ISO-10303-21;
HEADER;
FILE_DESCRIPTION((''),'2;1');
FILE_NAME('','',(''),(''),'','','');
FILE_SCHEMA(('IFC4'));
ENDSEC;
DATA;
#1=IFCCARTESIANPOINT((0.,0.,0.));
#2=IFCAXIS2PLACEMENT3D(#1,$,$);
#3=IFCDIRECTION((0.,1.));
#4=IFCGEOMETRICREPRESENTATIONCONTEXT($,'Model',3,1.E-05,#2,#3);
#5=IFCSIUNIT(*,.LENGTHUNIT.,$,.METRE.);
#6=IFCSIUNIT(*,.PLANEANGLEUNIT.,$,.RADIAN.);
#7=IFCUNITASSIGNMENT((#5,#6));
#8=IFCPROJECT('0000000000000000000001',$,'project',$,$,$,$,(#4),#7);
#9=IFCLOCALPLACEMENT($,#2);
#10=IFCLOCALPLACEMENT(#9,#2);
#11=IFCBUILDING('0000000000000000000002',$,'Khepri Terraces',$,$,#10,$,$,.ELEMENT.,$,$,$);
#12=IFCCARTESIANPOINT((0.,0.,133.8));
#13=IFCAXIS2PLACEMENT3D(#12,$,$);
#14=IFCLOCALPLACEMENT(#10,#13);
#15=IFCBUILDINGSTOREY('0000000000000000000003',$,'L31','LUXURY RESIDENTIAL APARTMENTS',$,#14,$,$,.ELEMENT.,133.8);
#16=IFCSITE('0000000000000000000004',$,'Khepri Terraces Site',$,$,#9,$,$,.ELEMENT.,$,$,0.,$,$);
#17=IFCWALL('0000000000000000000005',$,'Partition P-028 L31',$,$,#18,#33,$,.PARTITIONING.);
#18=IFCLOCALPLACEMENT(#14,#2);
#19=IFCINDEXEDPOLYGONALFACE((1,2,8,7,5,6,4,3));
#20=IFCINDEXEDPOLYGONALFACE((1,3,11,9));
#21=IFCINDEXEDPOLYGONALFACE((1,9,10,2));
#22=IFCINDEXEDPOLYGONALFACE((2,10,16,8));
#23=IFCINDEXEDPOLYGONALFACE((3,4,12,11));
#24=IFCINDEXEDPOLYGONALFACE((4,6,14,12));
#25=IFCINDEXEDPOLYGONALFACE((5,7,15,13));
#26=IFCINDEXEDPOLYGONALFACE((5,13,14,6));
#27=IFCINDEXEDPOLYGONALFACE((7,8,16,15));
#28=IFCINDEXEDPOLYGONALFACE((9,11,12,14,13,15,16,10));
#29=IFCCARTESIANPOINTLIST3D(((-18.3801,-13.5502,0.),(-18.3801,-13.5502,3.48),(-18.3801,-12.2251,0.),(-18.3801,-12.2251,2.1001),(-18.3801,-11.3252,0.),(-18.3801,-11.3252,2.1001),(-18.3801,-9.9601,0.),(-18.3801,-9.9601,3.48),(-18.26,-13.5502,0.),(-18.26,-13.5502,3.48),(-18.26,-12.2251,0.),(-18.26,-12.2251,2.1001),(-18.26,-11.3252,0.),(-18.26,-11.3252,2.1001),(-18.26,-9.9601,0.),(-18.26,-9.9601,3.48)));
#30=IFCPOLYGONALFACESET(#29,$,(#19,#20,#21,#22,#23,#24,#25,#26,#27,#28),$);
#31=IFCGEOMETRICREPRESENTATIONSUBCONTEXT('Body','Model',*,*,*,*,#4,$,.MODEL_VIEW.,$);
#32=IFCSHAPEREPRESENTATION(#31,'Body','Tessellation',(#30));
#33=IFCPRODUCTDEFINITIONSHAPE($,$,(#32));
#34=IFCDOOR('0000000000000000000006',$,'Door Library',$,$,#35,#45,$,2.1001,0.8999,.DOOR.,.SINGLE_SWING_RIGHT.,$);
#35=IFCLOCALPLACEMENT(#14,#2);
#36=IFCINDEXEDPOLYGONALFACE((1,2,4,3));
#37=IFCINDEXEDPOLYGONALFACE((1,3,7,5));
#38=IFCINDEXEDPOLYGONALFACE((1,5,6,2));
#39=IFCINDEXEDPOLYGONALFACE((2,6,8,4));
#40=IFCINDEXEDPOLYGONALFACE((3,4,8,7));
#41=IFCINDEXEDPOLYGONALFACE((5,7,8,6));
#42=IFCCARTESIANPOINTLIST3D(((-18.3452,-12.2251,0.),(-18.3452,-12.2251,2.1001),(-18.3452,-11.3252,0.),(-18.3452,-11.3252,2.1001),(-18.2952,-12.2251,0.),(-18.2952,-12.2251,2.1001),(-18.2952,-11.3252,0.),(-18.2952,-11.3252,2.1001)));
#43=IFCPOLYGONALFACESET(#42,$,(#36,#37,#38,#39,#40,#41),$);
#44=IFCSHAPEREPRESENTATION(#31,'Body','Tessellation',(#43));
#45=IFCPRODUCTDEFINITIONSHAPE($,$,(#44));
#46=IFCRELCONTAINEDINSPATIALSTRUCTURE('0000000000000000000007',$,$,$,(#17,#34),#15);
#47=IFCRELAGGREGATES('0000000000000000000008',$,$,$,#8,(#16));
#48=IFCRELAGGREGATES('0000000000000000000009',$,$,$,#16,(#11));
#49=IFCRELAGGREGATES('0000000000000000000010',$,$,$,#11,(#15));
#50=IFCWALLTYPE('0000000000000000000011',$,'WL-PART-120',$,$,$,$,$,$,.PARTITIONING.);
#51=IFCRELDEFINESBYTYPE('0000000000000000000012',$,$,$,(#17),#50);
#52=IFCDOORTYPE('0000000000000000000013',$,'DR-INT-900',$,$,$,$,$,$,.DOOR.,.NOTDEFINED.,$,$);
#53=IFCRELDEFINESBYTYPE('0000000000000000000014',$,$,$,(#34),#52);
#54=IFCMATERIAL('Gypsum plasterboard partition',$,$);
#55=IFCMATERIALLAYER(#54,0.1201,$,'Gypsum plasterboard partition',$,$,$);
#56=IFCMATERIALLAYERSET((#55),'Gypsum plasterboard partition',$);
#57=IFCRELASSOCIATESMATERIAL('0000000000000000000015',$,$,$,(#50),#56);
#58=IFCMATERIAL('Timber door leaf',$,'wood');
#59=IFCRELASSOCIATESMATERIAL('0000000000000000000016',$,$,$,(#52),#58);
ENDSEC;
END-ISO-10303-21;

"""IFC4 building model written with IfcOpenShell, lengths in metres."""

from ifc_helpers import new_model, si_unit, direction, frame, frame_2d, origin, place, context, subcontext, project, spatial, rectangle, extrude, material, layer, layer_set, type_object, element, fill, save


model = new_model("IFC4")

# Units and contexts
model_context = context("Model", 3, precision=1e-05, world=origin(), true_north=direction((0.0, 1.0)))
body_context = subcontext(model_context, "Body", "Model", "MODEL_VIEW")
ifc_project = project(units=[si_unit("LENGTHUNIT", "METRE"), si_unit("PLANEANGLEUNIT", "RADIAN")], contexts=[model_context])

# Site, building, storey
site_placement = place(None, origin())
site = spatial("IfcSite", under=ifc_project, at=site_placement, Name="Khepri Terraces Site", CompositionType="ELEMENT", RefElevation=0.0)
building_placement = place(site_placement, origin())
building = spatial("IfcBuilding", under=site, at=building_placement, Name="Khepri Terraces", CompositionType="ELEMENT")
storey_placement = place(building_placement, frame((0.0, 0.0, 133.8)))
storey = spatial("IfcBuildingStorey", under=building, at=storey_placement, Name="L31", Description="LUXURY RESIDENTIAL APARTMENTS", CompositionType="ELEMENT", Elevation=133.8)

# Shared definitions
ifc_material_1 = material(Name="Gypsum plasterboard partition")
ifc_layer_1 = layer(ifc_material_1, 0.1201, Name="Gypsum plasterboard partition")
ifc_layer_set_1 = layer_set([ifc_layer_1], Name="Gypsum plasterboard partition")
wall_type_1 = type_object("IfcWallType", Name="WL-PART-120", PredefinedType="PARTITIONING", material=ifc_layer_set_1)

# Wall, opening, door
ifc_material_2 = material(Name="Timber door leaf", Category="wood")
door_type_1 = type_object("IfcDoorType", Name="DR-INT-900", OperationType="NOTDEFINED", PredefinedType="DOOR", material=ifc_material_2)
wall_1_placement = place(storey_placement, frame((-18.3201, -13.55, 0.0), z_axis=(0.0, 0.0, 1.0), x_axis=(0.0, 1.0, 0.0)))
wall_1 = element("IfcWall", 1, at=wall_1_placement, inside=storey, type_object=wall_type_1, Name="Partition P-028 L31", PredefinedType="PARTITIONING", context=body_context, shape_type="SweptSolid", body=[
    extrude(rectangle(XDim=3.5901, YDim=0.1201, at=frame_2d((1.7949, 0.0))), origin(), (0.0, 0.0, 1.0), 3.48),
])
opening_1_placement = place(wall_1_placement, frame((1.325, 0.0, 0.0)))
opening_1 = element("IfcOpeningElement", 2, at=opening_1_placement, cuts=wall_1, PredefinedType="OPENING", context=body_context, shape_type="SweptSolid", body=[
    extrude(rectangle(XDim=0.8999, YDim=2.1001, at=frame_2d((0.45, 1.05))), frame((0.0, 0.0701, 0.0), z_axis=(0.0, -1.0, 0.0), x_axis=(1.0, 0.0, 0.0)), (0.0, 0.0, 1.0), 0.1401),
])
door_1_placement = place(opening_1_placement, frame((0.8999, 0.0, 0.0), z_axis=(0.0, 0.0, 1.0), x_axis=(-1.0, 0.0, 0.0)))
door_1 = element("IfcDoor", 3, at=door_1_placement, inside=storey, type_object=door_type_1, Name="Door Library", OperationType="SINGLE_SWING_RIGHT", OverallHeight=2.1001, OverallWidth=0.8999, PredefinedType="DOOR", context=body_context, shape_type="SweptSolid", body=[
    extrude(rectangle(XDim=0.8999, YDim=2.1001, at=frame_2d((0.45, 1.05))), frame((0.0, 0.0249, 0.0), z_axis=(0.0, -1.0, 0.0), x_axis=(1.0, 0.0, 0.0)), (0.0, 0.0, 1.0), 0.05),
])
fill(opening_1, door_1)

save(model, "model.ifc")
